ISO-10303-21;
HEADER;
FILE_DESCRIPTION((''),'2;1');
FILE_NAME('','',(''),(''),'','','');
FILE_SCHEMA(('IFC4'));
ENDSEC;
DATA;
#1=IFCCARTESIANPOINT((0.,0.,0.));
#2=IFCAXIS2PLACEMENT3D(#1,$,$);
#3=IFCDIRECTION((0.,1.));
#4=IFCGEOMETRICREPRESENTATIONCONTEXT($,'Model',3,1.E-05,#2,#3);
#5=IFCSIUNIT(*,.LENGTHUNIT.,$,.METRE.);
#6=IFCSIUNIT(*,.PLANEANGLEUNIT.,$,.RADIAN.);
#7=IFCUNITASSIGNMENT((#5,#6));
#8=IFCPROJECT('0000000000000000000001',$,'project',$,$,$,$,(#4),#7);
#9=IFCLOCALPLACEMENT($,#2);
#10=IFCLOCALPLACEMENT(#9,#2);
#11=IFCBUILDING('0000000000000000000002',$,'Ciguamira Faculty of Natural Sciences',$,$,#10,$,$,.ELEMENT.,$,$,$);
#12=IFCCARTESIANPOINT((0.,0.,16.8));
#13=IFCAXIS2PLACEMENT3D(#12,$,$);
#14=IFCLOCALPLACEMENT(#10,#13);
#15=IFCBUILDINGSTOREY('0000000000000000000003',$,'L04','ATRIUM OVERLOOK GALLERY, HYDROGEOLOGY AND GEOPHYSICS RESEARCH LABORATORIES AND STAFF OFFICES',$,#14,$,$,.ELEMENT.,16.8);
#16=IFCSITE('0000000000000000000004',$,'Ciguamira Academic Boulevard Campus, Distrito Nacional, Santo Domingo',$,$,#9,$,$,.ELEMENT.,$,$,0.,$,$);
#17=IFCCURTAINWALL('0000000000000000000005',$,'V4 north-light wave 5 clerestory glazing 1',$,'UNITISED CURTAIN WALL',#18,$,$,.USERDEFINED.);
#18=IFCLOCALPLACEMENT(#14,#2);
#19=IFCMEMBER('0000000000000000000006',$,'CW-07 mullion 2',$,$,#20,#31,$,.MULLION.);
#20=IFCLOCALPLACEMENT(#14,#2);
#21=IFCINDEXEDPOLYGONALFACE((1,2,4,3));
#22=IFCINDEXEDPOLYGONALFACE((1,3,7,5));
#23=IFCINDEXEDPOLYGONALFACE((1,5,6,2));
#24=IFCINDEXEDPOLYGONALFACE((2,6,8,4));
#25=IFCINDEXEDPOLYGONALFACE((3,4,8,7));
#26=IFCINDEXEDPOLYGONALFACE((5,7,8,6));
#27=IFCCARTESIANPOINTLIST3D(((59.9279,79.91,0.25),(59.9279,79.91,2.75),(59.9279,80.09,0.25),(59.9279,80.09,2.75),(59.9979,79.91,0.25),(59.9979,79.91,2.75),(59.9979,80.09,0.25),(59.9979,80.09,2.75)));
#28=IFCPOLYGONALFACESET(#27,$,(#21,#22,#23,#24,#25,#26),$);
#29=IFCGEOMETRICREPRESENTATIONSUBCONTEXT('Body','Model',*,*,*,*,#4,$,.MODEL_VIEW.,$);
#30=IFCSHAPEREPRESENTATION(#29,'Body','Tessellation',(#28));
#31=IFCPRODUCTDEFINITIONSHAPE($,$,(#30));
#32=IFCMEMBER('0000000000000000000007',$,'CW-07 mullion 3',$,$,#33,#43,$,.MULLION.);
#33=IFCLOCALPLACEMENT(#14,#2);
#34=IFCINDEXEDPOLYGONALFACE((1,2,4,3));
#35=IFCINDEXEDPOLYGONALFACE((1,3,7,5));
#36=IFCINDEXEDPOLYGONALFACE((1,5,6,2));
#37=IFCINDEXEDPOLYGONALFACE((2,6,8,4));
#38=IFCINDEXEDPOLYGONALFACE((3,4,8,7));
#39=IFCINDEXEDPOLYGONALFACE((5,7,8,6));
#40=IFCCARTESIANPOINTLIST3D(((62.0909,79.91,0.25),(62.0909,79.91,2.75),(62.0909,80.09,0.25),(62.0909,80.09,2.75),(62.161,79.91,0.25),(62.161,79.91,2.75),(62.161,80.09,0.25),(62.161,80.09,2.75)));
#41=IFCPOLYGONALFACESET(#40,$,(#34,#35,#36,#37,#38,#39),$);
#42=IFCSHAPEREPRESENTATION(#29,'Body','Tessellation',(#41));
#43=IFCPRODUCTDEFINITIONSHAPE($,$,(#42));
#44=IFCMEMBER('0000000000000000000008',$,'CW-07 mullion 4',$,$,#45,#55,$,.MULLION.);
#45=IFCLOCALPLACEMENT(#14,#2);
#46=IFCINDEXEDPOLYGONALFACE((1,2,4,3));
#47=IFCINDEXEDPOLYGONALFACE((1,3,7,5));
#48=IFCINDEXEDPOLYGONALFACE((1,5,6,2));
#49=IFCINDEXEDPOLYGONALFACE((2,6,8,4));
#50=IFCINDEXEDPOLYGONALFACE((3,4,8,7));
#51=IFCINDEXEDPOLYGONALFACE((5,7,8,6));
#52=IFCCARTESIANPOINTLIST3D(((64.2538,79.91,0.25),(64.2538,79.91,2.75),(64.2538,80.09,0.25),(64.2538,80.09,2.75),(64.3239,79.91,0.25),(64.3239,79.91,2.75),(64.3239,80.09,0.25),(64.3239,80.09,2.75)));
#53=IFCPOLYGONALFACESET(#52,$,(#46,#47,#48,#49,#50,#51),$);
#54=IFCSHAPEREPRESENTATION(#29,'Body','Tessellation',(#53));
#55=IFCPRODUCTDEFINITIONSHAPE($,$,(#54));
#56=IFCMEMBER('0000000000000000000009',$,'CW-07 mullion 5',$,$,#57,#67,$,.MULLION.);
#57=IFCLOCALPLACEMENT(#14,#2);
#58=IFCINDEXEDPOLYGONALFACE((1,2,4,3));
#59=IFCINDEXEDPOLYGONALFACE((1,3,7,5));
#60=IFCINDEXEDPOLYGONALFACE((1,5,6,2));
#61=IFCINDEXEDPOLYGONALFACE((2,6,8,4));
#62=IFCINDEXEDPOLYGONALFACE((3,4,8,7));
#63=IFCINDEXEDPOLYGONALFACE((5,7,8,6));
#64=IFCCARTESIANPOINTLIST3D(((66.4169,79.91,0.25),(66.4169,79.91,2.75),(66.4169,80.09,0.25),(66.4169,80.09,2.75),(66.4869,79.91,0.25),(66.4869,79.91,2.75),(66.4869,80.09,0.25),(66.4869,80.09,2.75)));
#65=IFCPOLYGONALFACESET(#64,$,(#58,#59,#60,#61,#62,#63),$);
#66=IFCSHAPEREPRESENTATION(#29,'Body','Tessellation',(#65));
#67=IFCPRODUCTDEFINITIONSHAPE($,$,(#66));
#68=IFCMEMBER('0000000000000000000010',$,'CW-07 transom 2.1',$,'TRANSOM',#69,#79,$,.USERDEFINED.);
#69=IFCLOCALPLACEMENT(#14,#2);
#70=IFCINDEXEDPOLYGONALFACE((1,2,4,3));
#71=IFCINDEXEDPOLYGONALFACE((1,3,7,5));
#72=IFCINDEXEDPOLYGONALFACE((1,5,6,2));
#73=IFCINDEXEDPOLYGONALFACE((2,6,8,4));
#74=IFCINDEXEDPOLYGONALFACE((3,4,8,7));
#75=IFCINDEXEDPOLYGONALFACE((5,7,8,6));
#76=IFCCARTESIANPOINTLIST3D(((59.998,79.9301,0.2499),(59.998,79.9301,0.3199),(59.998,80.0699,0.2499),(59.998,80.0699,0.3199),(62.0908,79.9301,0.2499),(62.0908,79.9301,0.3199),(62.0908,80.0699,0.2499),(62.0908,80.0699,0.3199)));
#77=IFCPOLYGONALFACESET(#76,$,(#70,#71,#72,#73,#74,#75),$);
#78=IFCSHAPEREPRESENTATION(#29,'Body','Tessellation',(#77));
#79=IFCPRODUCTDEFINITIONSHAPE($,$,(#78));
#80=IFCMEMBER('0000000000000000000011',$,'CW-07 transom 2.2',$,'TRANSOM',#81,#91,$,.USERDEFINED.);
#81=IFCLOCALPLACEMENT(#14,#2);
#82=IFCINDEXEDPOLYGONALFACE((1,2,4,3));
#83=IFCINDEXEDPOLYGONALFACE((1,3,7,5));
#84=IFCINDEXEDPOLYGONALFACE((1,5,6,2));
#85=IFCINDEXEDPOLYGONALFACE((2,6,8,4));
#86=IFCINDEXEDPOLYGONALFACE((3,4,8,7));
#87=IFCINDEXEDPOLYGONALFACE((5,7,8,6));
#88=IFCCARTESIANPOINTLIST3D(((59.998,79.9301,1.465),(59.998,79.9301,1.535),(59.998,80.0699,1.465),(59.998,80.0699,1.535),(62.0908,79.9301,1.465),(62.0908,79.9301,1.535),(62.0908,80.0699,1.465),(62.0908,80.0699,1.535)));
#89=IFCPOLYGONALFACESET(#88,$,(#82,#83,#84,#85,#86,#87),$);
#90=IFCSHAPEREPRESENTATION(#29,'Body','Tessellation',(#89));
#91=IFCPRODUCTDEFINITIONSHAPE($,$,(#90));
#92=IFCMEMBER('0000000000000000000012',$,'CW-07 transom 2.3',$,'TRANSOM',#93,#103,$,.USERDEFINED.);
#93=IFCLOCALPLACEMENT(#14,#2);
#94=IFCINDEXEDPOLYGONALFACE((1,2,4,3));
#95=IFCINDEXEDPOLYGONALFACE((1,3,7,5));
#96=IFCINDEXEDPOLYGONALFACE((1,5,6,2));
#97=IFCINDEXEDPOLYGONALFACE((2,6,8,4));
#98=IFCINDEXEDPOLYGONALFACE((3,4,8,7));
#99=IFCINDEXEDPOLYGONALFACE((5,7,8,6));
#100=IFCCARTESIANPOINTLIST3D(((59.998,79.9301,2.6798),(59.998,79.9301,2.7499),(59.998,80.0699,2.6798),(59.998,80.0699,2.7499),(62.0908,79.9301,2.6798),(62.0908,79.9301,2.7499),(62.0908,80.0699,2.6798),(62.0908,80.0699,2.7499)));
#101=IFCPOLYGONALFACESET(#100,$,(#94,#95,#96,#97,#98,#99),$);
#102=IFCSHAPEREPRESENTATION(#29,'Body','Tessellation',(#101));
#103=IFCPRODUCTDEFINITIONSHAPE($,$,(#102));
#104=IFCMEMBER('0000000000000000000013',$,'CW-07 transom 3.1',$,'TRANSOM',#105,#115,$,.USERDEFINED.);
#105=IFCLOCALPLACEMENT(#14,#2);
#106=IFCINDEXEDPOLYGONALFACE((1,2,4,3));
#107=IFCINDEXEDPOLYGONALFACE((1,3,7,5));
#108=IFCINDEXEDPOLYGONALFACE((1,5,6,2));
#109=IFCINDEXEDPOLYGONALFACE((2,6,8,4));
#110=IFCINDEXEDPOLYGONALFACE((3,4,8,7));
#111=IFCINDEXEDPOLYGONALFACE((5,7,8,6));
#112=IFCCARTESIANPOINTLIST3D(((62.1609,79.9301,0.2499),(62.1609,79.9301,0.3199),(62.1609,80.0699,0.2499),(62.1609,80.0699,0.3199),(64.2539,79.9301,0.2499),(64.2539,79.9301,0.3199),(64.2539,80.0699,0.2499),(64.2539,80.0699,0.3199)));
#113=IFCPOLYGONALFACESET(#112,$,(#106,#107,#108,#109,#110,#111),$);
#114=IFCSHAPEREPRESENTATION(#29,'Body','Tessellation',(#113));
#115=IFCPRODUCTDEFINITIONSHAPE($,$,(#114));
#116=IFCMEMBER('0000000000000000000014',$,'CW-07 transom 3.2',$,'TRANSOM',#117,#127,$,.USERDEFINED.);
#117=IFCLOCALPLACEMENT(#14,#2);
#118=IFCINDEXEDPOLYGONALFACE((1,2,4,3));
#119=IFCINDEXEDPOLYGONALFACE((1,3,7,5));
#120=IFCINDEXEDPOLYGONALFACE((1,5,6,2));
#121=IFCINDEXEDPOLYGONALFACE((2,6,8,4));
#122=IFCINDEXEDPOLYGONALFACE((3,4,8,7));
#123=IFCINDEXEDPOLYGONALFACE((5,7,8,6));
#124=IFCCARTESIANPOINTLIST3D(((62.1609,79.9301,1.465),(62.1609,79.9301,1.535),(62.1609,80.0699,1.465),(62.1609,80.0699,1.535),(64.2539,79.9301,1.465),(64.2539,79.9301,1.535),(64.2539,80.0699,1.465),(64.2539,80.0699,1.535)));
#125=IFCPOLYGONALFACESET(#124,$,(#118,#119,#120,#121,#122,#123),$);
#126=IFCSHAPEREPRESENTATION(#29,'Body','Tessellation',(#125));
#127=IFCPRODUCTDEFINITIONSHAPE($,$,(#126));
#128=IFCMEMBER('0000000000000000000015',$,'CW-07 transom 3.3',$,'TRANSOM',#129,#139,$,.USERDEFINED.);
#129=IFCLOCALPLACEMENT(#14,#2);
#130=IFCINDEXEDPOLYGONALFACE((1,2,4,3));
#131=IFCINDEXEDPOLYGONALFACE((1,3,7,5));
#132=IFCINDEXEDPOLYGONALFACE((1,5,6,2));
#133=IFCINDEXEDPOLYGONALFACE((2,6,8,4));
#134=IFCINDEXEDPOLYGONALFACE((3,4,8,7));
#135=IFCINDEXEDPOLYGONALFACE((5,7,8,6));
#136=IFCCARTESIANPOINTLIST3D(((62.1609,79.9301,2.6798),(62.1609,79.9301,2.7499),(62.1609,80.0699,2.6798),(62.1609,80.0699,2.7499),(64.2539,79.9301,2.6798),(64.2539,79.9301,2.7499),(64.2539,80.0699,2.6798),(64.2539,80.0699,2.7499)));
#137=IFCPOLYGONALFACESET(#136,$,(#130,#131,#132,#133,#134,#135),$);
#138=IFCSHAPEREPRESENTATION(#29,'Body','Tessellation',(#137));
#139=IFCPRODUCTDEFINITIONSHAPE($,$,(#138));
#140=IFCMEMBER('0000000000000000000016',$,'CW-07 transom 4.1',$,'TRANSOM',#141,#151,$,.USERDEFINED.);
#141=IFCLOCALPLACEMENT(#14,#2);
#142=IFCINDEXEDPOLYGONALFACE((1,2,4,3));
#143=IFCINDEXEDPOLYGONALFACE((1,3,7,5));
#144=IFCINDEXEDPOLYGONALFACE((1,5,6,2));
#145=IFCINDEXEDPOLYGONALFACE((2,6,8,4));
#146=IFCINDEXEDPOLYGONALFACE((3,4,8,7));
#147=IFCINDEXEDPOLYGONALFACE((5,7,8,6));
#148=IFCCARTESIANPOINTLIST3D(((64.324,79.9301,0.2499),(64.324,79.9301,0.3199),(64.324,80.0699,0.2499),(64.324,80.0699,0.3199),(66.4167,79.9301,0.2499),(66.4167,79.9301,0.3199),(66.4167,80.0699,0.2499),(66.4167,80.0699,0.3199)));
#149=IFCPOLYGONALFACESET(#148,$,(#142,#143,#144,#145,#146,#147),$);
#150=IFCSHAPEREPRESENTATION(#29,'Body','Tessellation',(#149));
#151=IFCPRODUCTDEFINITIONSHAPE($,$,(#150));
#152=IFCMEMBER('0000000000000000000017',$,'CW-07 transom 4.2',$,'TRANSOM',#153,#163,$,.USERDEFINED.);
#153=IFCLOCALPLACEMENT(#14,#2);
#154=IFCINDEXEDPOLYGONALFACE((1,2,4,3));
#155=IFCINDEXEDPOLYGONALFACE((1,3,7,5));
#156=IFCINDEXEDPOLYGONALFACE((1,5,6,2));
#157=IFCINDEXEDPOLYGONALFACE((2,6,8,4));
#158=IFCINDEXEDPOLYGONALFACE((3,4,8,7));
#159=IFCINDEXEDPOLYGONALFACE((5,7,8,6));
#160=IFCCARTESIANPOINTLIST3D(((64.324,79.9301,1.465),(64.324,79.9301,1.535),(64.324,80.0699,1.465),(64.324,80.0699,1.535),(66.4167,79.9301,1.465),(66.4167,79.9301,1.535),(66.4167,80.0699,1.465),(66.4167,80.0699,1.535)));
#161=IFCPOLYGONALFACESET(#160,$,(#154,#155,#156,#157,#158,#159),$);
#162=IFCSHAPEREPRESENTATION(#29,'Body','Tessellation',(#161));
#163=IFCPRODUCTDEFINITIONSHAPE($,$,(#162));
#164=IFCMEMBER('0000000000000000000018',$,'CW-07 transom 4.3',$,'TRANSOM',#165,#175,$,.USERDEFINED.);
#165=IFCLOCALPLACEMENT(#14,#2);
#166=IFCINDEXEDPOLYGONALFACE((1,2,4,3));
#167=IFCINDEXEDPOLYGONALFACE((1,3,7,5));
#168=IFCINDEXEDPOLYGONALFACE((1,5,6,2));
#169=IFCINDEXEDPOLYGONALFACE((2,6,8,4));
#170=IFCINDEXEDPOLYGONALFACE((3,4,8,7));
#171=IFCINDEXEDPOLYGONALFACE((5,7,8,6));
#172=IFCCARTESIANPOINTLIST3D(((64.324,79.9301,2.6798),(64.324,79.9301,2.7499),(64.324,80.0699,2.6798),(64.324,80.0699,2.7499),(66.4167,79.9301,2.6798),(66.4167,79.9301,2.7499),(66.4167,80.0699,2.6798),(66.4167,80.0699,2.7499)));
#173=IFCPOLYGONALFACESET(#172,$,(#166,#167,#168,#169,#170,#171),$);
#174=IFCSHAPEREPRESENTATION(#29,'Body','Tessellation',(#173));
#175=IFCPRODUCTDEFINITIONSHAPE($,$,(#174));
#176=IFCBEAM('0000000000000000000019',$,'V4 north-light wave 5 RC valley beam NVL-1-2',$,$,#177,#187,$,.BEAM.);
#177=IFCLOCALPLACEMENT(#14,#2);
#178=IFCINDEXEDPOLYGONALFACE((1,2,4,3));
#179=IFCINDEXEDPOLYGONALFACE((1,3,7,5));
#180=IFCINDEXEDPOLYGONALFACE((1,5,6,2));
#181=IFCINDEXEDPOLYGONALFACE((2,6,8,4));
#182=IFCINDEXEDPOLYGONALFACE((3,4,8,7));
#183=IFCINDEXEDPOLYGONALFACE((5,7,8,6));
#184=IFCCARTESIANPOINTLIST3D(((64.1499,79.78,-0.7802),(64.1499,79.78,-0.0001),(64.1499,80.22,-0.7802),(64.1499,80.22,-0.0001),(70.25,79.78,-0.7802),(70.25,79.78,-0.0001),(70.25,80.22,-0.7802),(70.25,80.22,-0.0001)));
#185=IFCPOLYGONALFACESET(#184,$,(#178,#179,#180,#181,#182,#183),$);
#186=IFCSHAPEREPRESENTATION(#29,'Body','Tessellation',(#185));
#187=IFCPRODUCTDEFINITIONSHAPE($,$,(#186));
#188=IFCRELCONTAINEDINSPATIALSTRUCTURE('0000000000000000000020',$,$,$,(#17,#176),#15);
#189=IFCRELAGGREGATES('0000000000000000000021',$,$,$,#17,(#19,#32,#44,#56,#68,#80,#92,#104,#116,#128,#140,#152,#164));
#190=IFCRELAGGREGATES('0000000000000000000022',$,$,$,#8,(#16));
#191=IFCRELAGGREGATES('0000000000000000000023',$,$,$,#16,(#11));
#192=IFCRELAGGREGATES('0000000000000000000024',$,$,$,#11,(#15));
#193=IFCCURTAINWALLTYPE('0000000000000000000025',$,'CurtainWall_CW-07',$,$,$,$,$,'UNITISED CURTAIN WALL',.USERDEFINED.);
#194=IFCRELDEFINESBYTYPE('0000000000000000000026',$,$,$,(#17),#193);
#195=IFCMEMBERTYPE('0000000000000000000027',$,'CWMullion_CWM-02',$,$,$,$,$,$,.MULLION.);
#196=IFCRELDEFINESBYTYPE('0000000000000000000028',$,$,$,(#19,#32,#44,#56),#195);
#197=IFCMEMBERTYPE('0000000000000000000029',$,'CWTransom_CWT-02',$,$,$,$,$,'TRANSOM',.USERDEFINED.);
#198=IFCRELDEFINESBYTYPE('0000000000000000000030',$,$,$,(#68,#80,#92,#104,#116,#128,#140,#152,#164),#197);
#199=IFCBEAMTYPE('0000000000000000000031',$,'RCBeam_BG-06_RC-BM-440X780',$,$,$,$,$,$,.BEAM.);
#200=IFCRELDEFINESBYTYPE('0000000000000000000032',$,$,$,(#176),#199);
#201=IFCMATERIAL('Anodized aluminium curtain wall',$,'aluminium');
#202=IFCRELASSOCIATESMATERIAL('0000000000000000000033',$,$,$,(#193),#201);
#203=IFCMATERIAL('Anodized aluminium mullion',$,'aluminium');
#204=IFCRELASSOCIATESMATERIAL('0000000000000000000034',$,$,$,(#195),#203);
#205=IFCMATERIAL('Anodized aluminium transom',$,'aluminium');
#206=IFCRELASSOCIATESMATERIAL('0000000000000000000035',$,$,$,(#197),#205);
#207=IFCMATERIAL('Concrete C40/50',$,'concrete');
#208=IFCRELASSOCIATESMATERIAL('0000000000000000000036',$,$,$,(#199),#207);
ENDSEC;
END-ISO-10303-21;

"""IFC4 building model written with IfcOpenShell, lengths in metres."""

from ifc_helpers import new_model, si_unit, direction, frame, origin, origin_2d, place, context, subcontext, project, spatial, rectangle, extrude, material, material_profile, profile_set, type_object, element, aggregate, save


model = new_model("IFC4")

# Units and contexts
model_context = context("Model", 3, precision=1e-05, world=origin(), true_north=direction((0.0, 1.0)))
body_context = subcontext(model_context, "Body", "Model", "MODEL_VIEW")
ifc_project = project(units=[si_unit("LENGTHUNIT", "METRE"), si_unit("PLANEANGLEUNIT", "RADIAN")], contexts=[model_context])

# Site, building, storey
site_placement = place(None, origin())
site = spatial("IfcSite", under=ifc_project, at=site_placement, Name="Ciguamira Academic Boulevard Campus, Distrito Nacional, Santo Domingo", CompositionType="ELEMENT", RefElevation=0.0)
building_placement = place(site_placement, origin())
building = spatial("IfcBuilding", under=site, at=building_placement, Name="Ciguamira Faculty of Natural Sciences", CompositionType="ELEMENT")
storey_placement = place(building_placement, frame((0.0, 0.0, 16.8)))
storey = spatial("IfcBuildingStorey", under=building, at=storey_placement, Name="L04", Description="ATRIUM OVERLOOK GALLERY, HYDROGEOLOGY AND GEOPHYSICS RESEARCH LABORATORIES AND STAFF OFFICES", CompositionType="ELEMENT", Elevation=16.8)

# Curtain wall, members
ifc_material_1 = material(Name="Anodized aluminium curtain wall", Category="aluminium")
curtain_wall_type = type_object("IfcCurtainWallType", Name="CurtainWall_CW-07", ElementType="UNITISED CURTAIN WALL", PredefinedType="USERDEFINED", material=ifc_material_1)
curtain_wall_placement = place(storey_placement, origin())
curtain_wall = element("IfcCurtainWall", 1, at=curtain_wall_placement, inside=storey, type_object=curtain_wall_type, Name="V4 north-light wave 5 clerestory glazing 1", ObjectType="UNITISED CURTAIN WALL", PredefinedType="USERDEFINED")
ifc_material_2 = material(Name="Anodized aluminium mullion", Category="aluminium")
ifc_material_profile_1 = material_profile(ifc_material_2, rectangle(XDim=0.0701, YDim=0.1799, at=origin_2d()), Name="ALU-MUL-70X180")
ifc_profile_set_1 = profile_set([ifc_material_profile_1], Name="Anodized aluminium mullion")
member_type_1 = type_object("IfcMemberType", Name="CWMullion_CWM-02", PredefinedType="MULLION", material=ifc_profile_set_1)
member_1_placement = place(storey_placement, frame((59.9629, 80.0, 0.25), z_axis=(0.0, 0.0, 1.0), x_axis=(1.0, 0.0, 0.0)))
member_1 = element("IfcMember", 2, at=member_1_placement, type_object=member_type_1, Name="CW-07 mullion 2", PredefinedType="MULLION", context=body_context, shape_type="SweptSolid", body=[
    extrude(rectangle(XDim=0.0701, YDim=0.1799, at=origin_2d()), origin(), (0.0, 0.0, 1.0), 2.5),
])
member_2_placement = place(storey_placement, frame((62.126, 80.0, 0.25), z_axis=(0.0, 0.0, 1.0), x_axis=(1.0, 0.0, 0.0)))
member_2 = element("IfcMember", 3, at=member_2_placement, type_object=member_type_1, Name="CW-07 mullion 3", PredefinedType="MULLION", context=body_context, shape_type="SweptSolid", body=[
    extrude(rectangle(XDim=0.0701, YDim=0.1799, at=origin_2d()), origin(), (0.0, 0.0, 1.0), 2.5),
])
member_3_placement = place(storey_placement, frame((64.2888, 80.0, 0.25), z_axis=(0.0, 0.0, 1.0), x_axis=(1.0, 0.0, 0.0)))
member_3 = element("IfcMember", 4, at=member_3_placement, type_object=member_type_1, Name="CW-07 mullion 4", PredefinedType="MULLION", context=body_context, shape_type="SweptSolid", body=[
    extrude(rectangle(XDim=0.0701, YDim=0.1799, at=origin_2d()), origin(), (0.0, 0.0, 1.0), 2.5),
])
member_4_placement = place(storey_placement, frame((66.4519, 80.0, 0.25), z_axis=(0.0, 0.0, 1.0), x_axis=(1.0, 0.0, 0.0)))
member_4 = element("IfcMember", 5, at=member_4_placement, type_object=member_type_1, Name="CW-07 mullion 5", PredefinedType="MULLION", context=body_context, shape_type="SweptSolid", body=[
    extrude(rectangle(XDim=0.0701, YDim=0.1799, at=origin_2d()), origin(), (0.0, 0.0, 1.0), 2.5),
])
ifc_material_3 = material(Name="Anodized aluminium transom", Category="aluminium")
ifc_material_profile_2 = material_profile(ifc_material_3, rectangle(XDim=0.0701, YDim=0.1399, at=origin_2d()), Name="ALU-TRN-70X140")
ifc_profile_set_2 = profile_set([ifc_material_profile_2], Name="Anodized aluminium transom")
member_type_2 = type_object("IfcMemberType", Name="CWTransom_CWT-02", ElementType="TRANSOM", PredefinedType="USERDEFINED", material=ifc_profile_set_2)
member_5_placement = place(storey_placement, frame((59.998, 80.0, 0.2849), z_axis=(1.0, 0.0, 0.0), x_axis=(0.0, 0.0, 1.0)))
member_5 = element("IfcMember", 6, at=member_5_placement, type_object=member_type_2, Name="CW-07 transom 2.1", ObjectType="TRANSOM", PredefinedType="USERDEFINED", context=body_context, shape_type="SweptSolid", body=[
    extrude(rectangle(XDim=0.0701, YDim=0.1399, at=origin_2d()), origin(), (0.0, 0.0, 1.0), 2.0928),
])
member_6_placement = place(storey_placement, frame((59.998, 80.0, 1.5), z_axis=(1.0, 0.0, 0.0), x_axis=(0.0, 0.0, 1.0)))
member_6 = element("IfcMember", 7, at=member_6_placement, type_object=member_type_2, Name="CW-07 transom 2.2", ObjectType="TRANSOM", PredefinedType="USERDEFINED", context=body_context, shape_type="SweptSolid", body=[
    extrude(rectangle(XDim=0.0701, YDim=0.1399, at=origin_2d()), origin(), (0.0, 0.0, 1.0), 2.0928),
])
member_7_placement = place(storey_placement, frame((59.998, 80.0, 2.7148), z_axis=(1.0, 0.0, 0.0), x_axis=(0.0, 0.0, 1.0)))
member_7 = element("IfcMember", 8, at=member_7_placement, type_object=member_type_2, Name="CW-07 transom 2.3", ObjectType="TRANSOM", PredefinedType="USERDEFINED", context=body_context, shape_type="SweptSolid", body=[
    extrude(rectangle(XDim=0.0701, YDim=0.1399, at=origin_2d()), origin(), (0.0, 0.0, 1.0), 2.0928),
])
member_8_placement = place(storey_placement, frame((62.1609, 80.0, 0.2849), z_axis=(1.0, 0.0, 0.0), x_axis=(0.0, 0.0, 1.0)))
member_8 = element("IfcMember", 9, at=member_8_placement, type_object=member_type_2, Name="CW-07 transom 3.1", ObjectType="TRANSOM", PredefinedType="USERDEFINED", context=body_context, shape_type="SweptSolid", body=[
    extrude(rectangle(XDim=0.0701, YDim=0.1399, at=origin_2d()), origin(), (0.0, 0.0, 1.0), 2.093),
])
member_9_placement = place(storey_placement, frame((62.1609, 80.0, 1.5), z_axis=(1.0, 0.0, 0.0), x_axis=(0.0, 0.0, 1.0)))
member_9 = element("IfcMember", 10, at=member_9_placement, type_object=member_type_2, Name="CW-07 transom 3.2", ObjectType="TRANSOM", PredefinedType="USERDEFINED", context=body_context, shape_type="SweptSolid", body=[
    extrude(rectangle(XDim=0.0701, YDim=0.1399, at=origin_2d()), origin(), (0.0, 0.0, 1.0), 2.093),
])
member_10_placement = place(storey_placement, frame((62.1609, 80.0, 2.7148), z_axis=(1.0, 0.0, 0.0), x_axis=(0.0, 0.0, 1.0)))
member_10 = element("IfcMember", 11, at=member_10_placement, type_object=member_type_2, Name="CW-07 transom 3.3", ObjectType="TRANSOM", PredefinedType="USERDEFINED", context=body_context, shape_type="SweptSolid", body=[
    extrude(rectangle(XDim=0.0701, YDim=0.1399, at=origin_2d()), origin(), (0.0, 0.0, 1.0), 2.093),
])
member_11_placement = place(storey_placement, frame((64.324, 80.0, 0.2849), z_axis=(1.0, 0.0, 0.0), x_axis=(0.0, 0.0, 1.0)))
member_11 = element("IfcMember", 12, at=member_11_placement, type_object=member_type_2, Name="CW-07 transom 4.1", ObjectType="TRANSOM", PredefinedType="USERDEFINED", context=body_context, shape_type="SweptSolid", body=[
    extrude(rectangle(XDim=0.0701, YDim=0.1399, at=origin_2d()), origin(), (0.0, 0.0, 1.0), 2.0928),
])
member_12_placement = place(storey_placement, frame((64.324, 80.0, 1.5), z_axis=(1.0, 0.0, 0.0), x_axis=(0.0, 0.0, 1.0)))
member_12 = element("IfcMember", 13, at=member_12_placement, type_object=member_type_2, Name="CW-07 transom 4.2", ObjectType="TRANSOM", PredefinedType="USERDEFINED", context=body_context, shape_type="SweptSolid", body=[
    extrude(rectangle(XDim=0.0701, YDim=0.1399, at=origin_2d()), origin(), (0.0, 0.0, 1.0), 2.0928),
])
member_13_placement = place(storey_placement, frame((64.324, 80.0, 2.7148), z_axis=(1.0, 0.0, 0.0), x_axis=(0.0, 0.0, 1.0)))
member_13 = element("IfcMember", 14, at=member_13_placement, type_object=member_type_2, Name="CW-07 transom 4.3", ObjectType="TRANSOM", PredefinedType="USERDEFINED", context=body_context, shape_type="SweptSolid", body=[
    extrude(rectangle(XDim=0.0701, YDim=0.1399, at=origin_2d()), origin(), (0.0, 0.0, 1.0), 2.0928),
])

# Beam
ifc_material_4 = material(Name="Concrete C40/50", Category="concrete")
ifc_material_profile_3 = material_profile(ifc_material_4, rectangle(XDim=0.4399, YDim=0.78, at=origin_2d()), Name="RC-BM-440X780")
ifc_profile_set_3 = profile_set([ifc_material_profile_3], Name="Concrete C40/50")
beam_type = type_object("IfcBeamType", Name="RCBeam_BG-06_RC-BM-440X780", PredefinedType="BEAM", material=ifc_profile_set_3)
beam_placement = place(storey_placement, frame((64.1499, 80.0, -0.3901), z_axis=(1.0, 0.0, 0.0), x_axis=(0.0, 1.0, 0.0)))
element("IfcBeam", 15, at=beam_placement, inside=storey, type_object=beam_type, Name="V4 north-light wave 5 RC valley beam NVL-1-2", PredefinedType="BEAM", context=body_context, shape_type="SweptSolid", body=[
    extrude(rectangle(XDim=0.4399, YDim=0.78, at=origin_2d()), origin(), (0.0, 0.0, 1.0), 6.1001),
])

aggregate(curtain_wall, [member_1, member_2, member_3, member_4, member_5, member_6, member_7, member_8, member_9, member_10, member_11, member_12, member_13])

save(model, "model.ifc")
